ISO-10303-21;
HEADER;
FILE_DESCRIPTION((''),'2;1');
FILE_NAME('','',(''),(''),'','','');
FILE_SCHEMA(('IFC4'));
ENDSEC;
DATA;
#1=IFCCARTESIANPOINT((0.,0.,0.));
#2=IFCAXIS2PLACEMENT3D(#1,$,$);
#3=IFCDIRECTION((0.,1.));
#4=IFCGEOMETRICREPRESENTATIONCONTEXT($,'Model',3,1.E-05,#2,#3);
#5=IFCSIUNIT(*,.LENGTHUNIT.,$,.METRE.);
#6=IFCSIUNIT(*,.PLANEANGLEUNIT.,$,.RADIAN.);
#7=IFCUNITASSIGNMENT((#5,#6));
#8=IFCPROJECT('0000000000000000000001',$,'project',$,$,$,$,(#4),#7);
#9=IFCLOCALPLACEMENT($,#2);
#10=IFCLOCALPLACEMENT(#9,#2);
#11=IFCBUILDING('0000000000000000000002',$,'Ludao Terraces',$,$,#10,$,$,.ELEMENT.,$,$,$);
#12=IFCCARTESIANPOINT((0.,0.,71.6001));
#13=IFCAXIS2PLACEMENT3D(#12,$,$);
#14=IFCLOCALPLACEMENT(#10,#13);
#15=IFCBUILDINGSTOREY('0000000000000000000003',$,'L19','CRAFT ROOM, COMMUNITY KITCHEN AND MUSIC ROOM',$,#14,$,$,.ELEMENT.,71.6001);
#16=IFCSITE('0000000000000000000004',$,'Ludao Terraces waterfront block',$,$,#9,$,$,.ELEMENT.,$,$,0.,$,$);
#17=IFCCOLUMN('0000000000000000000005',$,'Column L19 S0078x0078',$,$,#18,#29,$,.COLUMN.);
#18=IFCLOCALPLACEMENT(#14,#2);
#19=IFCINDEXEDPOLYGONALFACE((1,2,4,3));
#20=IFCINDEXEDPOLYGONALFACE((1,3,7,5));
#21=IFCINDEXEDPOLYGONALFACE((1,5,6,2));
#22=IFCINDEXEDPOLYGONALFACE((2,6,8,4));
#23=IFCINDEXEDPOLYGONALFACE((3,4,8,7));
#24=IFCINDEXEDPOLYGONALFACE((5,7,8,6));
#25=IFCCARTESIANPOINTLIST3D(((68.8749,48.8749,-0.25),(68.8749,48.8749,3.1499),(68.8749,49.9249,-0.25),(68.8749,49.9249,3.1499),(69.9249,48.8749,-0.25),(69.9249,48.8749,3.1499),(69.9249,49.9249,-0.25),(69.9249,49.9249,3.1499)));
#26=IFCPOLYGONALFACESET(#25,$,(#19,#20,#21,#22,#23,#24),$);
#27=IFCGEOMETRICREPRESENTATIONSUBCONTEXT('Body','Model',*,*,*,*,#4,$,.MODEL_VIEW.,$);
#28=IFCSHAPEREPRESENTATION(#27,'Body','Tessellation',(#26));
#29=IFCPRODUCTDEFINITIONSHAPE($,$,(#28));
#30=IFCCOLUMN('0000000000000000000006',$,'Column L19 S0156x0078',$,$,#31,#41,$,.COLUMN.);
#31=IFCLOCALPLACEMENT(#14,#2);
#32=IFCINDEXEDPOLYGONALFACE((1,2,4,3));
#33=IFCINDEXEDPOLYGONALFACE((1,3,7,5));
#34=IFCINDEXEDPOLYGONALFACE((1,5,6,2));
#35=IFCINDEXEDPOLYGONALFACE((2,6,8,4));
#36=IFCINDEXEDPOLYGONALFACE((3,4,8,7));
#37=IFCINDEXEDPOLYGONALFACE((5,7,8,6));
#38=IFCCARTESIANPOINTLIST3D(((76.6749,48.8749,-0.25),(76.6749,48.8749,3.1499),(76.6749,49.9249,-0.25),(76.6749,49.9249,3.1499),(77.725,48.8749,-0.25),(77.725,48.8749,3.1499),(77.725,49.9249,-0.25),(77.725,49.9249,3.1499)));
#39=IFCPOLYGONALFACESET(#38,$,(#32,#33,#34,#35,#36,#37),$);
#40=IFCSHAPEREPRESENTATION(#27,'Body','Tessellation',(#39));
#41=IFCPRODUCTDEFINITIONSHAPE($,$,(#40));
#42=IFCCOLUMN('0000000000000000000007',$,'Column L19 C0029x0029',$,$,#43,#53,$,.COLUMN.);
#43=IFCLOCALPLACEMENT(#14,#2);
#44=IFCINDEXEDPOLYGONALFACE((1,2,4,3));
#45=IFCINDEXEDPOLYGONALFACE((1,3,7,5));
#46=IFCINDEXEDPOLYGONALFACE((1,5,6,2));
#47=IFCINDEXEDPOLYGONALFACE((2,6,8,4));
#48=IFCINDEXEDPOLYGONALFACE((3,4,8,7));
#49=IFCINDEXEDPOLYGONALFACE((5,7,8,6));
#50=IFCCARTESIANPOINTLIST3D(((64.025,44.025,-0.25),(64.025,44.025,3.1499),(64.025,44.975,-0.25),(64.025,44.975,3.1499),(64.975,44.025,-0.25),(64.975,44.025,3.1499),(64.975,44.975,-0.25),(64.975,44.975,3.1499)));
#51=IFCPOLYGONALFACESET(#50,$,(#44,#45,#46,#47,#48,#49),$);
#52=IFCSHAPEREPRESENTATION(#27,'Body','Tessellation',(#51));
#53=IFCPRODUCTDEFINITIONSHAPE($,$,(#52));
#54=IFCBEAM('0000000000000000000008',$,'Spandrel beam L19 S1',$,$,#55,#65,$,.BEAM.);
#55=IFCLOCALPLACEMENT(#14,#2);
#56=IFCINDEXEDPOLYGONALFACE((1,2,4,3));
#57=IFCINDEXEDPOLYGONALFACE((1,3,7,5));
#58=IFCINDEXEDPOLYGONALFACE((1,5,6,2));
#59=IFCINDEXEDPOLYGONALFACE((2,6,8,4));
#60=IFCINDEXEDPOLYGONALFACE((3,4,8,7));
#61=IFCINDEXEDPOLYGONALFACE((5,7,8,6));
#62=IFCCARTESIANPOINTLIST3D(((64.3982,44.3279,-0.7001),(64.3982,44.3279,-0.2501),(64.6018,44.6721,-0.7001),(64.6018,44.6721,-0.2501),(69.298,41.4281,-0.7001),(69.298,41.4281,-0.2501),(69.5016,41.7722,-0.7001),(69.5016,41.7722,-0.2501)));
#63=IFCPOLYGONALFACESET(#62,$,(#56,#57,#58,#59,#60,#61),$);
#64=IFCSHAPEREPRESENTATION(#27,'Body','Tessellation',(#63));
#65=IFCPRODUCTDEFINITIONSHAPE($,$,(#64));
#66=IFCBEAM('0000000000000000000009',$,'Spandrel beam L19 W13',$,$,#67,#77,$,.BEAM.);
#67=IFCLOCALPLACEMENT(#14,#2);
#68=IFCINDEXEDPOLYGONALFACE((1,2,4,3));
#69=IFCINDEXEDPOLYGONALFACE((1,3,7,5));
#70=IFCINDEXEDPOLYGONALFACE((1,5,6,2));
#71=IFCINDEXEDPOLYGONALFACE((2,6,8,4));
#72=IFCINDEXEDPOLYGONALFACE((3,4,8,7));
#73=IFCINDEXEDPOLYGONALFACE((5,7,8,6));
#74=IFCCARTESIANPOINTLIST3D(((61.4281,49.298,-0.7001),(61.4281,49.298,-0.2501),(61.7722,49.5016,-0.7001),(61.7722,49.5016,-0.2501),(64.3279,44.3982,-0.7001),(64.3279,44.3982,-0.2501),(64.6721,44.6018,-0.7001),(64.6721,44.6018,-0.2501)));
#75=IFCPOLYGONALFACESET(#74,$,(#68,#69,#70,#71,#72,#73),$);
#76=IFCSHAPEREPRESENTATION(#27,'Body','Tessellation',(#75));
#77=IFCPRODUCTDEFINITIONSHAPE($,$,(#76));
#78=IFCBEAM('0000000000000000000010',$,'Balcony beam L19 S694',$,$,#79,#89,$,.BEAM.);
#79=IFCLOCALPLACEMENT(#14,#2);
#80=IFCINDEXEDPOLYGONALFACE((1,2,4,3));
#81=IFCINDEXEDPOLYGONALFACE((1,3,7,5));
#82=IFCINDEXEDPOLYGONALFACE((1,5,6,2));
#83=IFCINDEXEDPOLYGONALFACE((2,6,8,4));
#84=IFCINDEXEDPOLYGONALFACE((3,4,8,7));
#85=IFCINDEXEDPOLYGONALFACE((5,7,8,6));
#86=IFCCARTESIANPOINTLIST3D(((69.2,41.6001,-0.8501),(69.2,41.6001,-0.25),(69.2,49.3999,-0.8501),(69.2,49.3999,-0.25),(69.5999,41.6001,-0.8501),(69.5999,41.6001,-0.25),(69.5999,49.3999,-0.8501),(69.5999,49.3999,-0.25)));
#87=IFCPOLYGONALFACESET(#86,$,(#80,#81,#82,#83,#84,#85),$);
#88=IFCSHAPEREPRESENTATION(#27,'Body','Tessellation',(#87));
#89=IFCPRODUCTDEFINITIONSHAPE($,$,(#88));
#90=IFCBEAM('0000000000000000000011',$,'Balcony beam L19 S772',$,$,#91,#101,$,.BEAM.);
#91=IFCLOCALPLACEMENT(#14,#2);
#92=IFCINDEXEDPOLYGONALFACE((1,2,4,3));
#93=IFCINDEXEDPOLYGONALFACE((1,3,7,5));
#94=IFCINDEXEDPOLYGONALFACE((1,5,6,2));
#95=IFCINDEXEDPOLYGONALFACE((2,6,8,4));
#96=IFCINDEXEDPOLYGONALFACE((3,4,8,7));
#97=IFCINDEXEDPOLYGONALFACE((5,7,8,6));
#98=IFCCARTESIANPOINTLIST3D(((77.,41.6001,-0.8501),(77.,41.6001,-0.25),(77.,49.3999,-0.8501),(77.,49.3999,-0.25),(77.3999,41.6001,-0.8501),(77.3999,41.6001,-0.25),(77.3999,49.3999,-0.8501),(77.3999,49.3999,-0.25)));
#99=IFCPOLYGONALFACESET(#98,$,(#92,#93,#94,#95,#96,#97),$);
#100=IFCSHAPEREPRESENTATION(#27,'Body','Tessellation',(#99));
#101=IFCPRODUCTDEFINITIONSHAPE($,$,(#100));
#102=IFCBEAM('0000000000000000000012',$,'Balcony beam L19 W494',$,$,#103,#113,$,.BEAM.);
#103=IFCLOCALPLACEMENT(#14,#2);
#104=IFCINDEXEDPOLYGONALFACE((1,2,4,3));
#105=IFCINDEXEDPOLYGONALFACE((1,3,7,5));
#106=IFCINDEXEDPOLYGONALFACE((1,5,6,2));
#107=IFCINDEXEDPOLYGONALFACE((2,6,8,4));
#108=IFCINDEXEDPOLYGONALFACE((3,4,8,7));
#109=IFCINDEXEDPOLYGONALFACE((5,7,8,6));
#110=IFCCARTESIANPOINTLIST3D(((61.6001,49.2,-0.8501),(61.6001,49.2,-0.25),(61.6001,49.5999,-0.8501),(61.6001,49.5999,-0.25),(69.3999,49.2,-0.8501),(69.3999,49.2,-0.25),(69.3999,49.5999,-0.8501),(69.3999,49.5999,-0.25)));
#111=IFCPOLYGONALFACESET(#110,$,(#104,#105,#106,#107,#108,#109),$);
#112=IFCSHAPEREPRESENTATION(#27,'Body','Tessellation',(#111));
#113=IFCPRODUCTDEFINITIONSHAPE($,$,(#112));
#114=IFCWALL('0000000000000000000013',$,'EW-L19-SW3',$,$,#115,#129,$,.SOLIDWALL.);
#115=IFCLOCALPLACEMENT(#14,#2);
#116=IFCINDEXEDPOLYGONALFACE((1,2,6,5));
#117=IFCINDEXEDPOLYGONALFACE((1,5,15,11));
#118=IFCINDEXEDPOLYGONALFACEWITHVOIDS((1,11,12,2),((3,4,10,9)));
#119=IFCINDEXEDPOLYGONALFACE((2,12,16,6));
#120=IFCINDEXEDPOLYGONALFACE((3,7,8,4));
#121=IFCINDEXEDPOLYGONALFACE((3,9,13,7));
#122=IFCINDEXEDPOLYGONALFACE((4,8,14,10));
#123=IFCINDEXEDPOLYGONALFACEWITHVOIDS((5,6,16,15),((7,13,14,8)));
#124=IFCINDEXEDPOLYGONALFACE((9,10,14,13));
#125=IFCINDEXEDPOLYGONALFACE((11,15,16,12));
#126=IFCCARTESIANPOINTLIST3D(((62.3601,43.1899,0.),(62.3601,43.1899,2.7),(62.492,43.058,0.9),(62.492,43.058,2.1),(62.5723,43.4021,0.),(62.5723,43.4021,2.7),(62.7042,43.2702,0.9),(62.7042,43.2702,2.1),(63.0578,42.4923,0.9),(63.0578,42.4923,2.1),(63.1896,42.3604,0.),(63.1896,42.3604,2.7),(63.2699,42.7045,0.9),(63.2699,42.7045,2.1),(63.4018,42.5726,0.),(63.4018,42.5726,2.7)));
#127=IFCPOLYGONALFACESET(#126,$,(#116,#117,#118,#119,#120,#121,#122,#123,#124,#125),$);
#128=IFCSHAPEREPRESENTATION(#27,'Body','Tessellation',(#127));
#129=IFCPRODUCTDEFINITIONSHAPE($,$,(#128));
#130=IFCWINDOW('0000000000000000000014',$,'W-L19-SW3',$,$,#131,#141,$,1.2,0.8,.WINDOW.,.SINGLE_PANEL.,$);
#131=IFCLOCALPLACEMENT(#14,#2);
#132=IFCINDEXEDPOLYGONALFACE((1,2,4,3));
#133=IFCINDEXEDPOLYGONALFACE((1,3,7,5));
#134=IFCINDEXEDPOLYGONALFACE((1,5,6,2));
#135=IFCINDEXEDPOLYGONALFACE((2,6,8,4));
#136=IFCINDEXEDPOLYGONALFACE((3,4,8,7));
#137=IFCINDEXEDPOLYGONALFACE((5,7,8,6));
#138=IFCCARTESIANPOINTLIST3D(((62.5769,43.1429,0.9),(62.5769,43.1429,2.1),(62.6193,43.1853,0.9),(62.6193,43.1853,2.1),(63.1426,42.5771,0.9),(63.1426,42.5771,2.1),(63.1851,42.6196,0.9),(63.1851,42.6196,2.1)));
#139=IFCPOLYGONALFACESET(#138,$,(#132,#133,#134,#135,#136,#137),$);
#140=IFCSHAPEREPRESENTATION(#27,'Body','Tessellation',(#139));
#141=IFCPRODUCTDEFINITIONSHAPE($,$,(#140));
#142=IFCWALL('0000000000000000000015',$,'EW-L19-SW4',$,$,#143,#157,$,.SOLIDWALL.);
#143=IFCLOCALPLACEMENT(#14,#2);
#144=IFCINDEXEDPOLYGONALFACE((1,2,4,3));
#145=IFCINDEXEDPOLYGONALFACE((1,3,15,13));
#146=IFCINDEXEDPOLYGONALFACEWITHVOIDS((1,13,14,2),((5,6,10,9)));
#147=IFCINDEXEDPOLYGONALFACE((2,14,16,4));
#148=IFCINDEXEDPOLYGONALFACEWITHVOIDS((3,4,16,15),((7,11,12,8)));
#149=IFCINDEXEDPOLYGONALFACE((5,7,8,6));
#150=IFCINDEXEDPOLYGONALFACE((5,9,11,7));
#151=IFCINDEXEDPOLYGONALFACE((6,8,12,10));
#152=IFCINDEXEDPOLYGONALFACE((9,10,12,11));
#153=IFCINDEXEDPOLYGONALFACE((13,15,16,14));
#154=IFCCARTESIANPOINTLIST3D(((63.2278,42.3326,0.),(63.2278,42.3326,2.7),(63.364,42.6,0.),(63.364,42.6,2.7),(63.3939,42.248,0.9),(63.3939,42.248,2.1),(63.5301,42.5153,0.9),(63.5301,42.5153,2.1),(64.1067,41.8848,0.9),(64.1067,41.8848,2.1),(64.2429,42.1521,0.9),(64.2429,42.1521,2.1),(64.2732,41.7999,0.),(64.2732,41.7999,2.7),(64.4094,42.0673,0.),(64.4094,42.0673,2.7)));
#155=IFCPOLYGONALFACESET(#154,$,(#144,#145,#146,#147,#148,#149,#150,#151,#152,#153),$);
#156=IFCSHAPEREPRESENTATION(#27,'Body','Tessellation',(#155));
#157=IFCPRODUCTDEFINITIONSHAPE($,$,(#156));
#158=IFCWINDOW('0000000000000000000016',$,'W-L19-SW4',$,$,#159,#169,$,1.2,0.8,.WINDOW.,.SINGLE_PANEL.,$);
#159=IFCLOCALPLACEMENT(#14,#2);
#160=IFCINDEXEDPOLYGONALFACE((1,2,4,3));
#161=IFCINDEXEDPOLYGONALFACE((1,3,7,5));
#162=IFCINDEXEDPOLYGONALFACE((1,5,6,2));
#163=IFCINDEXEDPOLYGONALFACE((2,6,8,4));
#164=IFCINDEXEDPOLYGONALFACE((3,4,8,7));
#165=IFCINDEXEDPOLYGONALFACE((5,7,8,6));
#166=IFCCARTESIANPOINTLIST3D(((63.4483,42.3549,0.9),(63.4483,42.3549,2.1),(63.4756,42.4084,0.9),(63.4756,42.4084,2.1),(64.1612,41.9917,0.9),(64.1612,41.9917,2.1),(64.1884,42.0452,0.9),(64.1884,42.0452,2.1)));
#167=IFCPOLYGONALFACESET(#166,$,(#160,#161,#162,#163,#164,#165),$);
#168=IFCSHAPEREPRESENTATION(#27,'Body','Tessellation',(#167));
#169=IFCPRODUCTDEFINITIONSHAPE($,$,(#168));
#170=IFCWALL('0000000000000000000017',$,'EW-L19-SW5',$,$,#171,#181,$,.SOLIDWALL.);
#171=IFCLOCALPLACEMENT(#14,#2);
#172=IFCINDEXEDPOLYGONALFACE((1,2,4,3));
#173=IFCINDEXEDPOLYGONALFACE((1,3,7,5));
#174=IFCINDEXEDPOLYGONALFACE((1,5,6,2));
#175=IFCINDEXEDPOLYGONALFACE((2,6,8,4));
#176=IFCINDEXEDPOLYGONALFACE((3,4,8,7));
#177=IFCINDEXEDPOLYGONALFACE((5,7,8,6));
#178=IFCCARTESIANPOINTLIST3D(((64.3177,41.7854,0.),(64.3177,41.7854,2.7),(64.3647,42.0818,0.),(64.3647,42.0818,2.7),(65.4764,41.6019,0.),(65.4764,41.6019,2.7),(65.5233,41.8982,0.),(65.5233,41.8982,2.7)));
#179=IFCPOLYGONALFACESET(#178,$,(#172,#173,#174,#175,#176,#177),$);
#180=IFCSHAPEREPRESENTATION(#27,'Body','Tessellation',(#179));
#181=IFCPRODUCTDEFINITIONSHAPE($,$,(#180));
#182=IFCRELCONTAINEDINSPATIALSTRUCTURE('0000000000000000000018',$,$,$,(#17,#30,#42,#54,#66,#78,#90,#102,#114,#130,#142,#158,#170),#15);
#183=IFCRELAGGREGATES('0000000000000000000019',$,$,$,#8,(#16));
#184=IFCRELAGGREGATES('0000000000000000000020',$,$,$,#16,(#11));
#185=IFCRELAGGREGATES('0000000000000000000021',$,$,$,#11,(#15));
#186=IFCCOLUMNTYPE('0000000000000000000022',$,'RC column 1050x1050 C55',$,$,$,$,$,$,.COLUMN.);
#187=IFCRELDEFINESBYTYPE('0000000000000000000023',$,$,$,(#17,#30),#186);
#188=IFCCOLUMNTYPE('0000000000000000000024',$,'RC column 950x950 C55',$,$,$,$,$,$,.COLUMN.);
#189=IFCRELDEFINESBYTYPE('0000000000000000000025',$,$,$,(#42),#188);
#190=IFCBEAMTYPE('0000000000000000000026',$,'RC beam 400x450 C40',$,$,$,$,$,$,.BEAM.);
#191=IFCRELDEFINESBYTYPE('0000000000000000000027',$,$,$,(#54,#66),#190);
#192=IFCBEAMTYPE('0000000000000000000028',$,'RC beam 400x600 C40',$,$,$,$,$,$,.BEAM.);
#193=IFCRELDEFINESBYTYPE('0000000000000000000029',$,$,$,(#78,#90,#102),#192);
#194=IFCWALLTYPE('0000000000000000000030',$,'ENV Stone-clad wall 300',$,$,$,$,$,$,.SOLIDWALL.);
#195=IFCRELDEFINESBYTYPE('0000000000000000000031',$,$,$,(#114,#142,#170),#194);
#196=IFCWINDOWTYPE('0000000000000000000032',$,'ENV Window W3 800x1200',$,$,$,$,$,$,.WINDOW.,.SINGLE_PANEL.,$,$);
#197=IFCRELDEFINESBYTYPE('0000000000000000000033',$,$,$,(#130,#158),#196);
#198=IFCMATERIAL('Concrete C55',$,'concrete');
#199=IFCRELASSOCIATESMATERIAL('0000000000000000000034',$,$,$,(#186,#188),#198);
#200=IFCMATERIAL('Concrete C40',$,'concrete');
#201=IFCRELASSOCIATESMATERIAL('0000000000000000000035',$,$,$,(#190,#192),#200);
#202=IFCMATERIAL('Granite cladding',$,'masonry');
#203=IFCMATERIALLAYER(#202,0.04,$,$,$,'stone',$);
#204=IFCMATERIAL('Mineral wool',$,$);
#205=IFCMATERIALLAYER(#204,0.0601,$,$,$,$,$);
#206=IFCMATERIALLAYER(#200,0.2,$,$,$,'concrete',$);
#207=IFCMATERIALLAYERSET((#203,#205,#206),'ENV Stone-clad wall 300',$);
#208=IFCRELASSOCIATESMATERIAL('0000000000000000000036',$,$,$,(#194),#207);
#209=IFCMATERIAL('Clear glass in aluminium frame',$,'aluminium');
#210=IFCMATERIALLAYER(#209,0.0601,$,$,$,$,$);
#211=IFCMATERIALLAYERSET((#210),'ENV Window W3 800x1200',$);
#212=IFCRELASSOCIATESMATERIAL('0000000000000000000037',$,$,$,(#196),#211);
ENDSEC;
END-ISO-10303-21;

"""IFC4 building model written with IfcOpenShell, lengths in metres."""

from ifc_helpers import new_model, si_unit, direction, frame, frame_2d, origin, origin_2d, place, context, subcontext, project, spatial, rectangle, extrude, material, layer, layer_set, material_profile, profile_set, type_object, element, fill, save


model = new_model("IFC4")

# Units and contexts
model_context = context("Model", 3, precision=1e-05, world=origin(), true_north=direction((0.0, 1.0)))
body_context = subcontext(model_context, "Body", "Model", "MODEL_VIEW")
ifc_project = project(units=[si_unit("LENGTHUNIT", "METRE"), si_unit("PLANEANGLEUNIT", "RADIAN")], contexts=[model_context])

# Site, building, storey
site_placement = place(None, origin())
site = spatial("IfcSite", under=ifc_project, at=site_placement, Name="Ludao Terraces waterfront block", CompositionType="ELEMENT", RefElevation=0.0)
building_placement = place(site_placement, origin())
building = spatial("IfcBuilding", under=site, at=building_placement, Name="Ludao Terraces", CompositionType="ELEMENT")
storey_placement = place(building_placement, frame((0.0, 0.0, 71.6001)))
storey = spatial("IfcBuildingStorey", under=building, at=storey_placement, Name="L19", Description="CRAFT ROOM, COMMUNITY KITCHEN AND MUSIC ROOM", CompositionType="ELEMENT", Elevation=71.6001)

# Columns
ifc_material_1 = material(Name="Concrete C55", Category="concrete")
ifc_material_profile_1 = material_profile(ifc_material_1, rectangle(XDim=1.05, YDim=1.05, at=origin_2d()), Name="1050 X 1050")
ifc_profile_set_1 = profile_set([ifc_material_profile_1], Name="Concrete C55")
column_type_1 = type_object("IfcColumnType", Name="RC column 1050x1050 C55", PredefinedType="COLUMN", material=ifc_profile_set_1)
for number, where, z_axis, x_axis, name in (
    (1, (69.3999, 49.3999, -0.25), (0.0, 0.0, 1.0), (1.0, 0.0, 0.0), "Column L19 S0078x0078"),
    (2, (77.2, 49.3999, -0.25), (0.0, 0.0, 1.0), (1.0, 0.0, 0.0), "Column L19 S0156x0078"),
):
    element("IfcColumn", number, at=place(storey_placement, frame(where, z_axis=z_axis, x_axis=x_axis)), inside=storey, type_object=column_type_1, Name=name, PredefinedType="COLUMN", context=body_context, shape_type="SweptSolid", body=[
        extrude(rectangle(XDim=1.05, YDim=1.05, at=origin_2d()), origin(), (0.0, 0.0, 1.0), 3.3999),
    ])
ifc_material_profile_2 = material_profile(ifc_material_1, rectangle(XDim=0.95, YDim=0.95, at=origin_2d()), Name="950 X 950")
ifc_profile_set_2 = profile_set([ifc_material_profile_2], Name="Concrete C55")
column_type_2 = type_object("IfcColumnType", Name="RC column 950x950 C55", PredefinedType="COLUMN", material=ifc_profile_set_2)
column_placement = place(storey_placement, frame((64.5, 44.5, -0.25), z_axis=(0.0, 0.0, 1.0), x_axis=(1.0, 0.0, 0.0)))
element("IfcColumn", 3, at=column_placement, inside=storey, type_object=column_type_2, Name="Column L19 C0029x0029", PredefinedType="COLUMN", context=body_context, shape_type="SweptSolid", body=[
    extrude(rectangle(XDim=0.95, YDim=0.95, at=origin_2d()), origin(), (0.0, 0.0, 1.0), 3.3999),
])

# Beams
ifc_material_2 = material(Name="Concrete C40", Category="concrete")
ifc_material_profile_3 = material_profile(ifc_material_2, rectangle(XDim=0.3999, YDim=0.45, at=origin_2d()), Name="400 X 450")
ifc_profile_set_3 = profile_set([ifc_material_profile_3], Name="Concrete C40")
beam_type_1 = type_object("IfcBeamType", Name="RC beam 400x450 C40", PredefinedType="BEAM", material=ifc_profile_set_3)
for number, where, z_axis, x_axis, name in (
    (4, (64.5, 44.5, -0.4751), (0.86058, -0.509316, 0.0), (0.509316, 0.86058, 0.0), "Spandrel beam L19 S1"),
    (5, (64.5, 44.5, -0.4751), (-0.509316, 0.86058, 0.0), (-0.86058, -0.509316, 0.0), "Spandrel beam L19 W13"),
):
    element("IfcBeam", number, at=place(storey_placement, frame(where, z_axis=z_axis, x_axis=x_axis)), inside=storey, type_object=beam_type_1, Name=name, PredefinedType="BEAM", context=body_context, shape_type="SweptSolid", body=[
        extrude(rectangle(XDim=0.3999, YDim=0.45, at=origin_2d()), origin(), (0.0, 0.0, 1.0), 5.6936),
    ])
ifc_material_profile_4 = material_profile(ifc_material_2, rectangle(XDim=0.3999, YDim=0.6001, at=origin_2d()), Name="400 X 600")
ifc_profile_set_4 = profile_set([ifc_material_profile_4], Name="Concrete C40")
beam_type_2 = type_object("IfcBeamType", Name="RC beam 400x600 C40", PredefinedType="BEAM", material=ifc_profile_set_4)
for number, where, z_axis, x_axis, name in (
    (6, (69.3999, 49.3999, -0.55), (0.0, -1.0, 0.0), (1.0, 0.0, 0.0), "Balcony beam L19 S694"),
    (7, (77.2, 49.3999, -0.55), (0.0, -1.0, 0.0), (1.0, 0.0, 0.0), "Balcony beam L19 S772"),
    (8, (69.3999, 49.3999, -0.55), (-1.0, 0.0, 0.0), (0.0, -1.0, 0.0), "Balcony beam L19 W494"),
):
    element("IfcBeam", number, at=place(storey_placement, frame(where, z_axis=z_axis, x_axis=x_axis)), inside=storey, type_object=beam_type_2, Name=name, PredefinedType="BEAM", context=body_context, shape_type="SweptSolid", body=[
        extrude(rectangle(XDim=0.3999, YDim=0.6001, at=origin_2d()), origin(), (0.0, 0.0, 1.0), 7.7998),
    ])

# Walls, openings, windows
ifc_material_3 = material(Name="Granite cladding", Category="masonry")
ifc_layer_1 = layer(ifc_material_3, 0.04, Category="stone")
ifc_material_4 = material(Name="Mineral wool")
ifc_layer_2 = layer(ifc_material_4, 0.0601)
ifc_layer_3 = layer(ifc_material_2, 0.2, Category="concrete")
ifc_layer_set_1 = layer_set([ifc_layer_1, ifc_layer_2, ifc_layer_3], Name="ENV Stone-clad wall 300")
wall_type_1 = type_object("IfcWallType", Name="ENV Stone-clad wall 300", PredefinedType="SOLIDWALL", material=ifc_layer_set_1)
wall_1_placement = place(storey_placement, frame((62.4663, 43.2959, 0.0), z_axis=(0.0, 0.0, 1.0), x_axis=(0.707107, -0.707107, 0.0)))
wall_1 = element("IfcWall", 9, at=wall_1_placement, inside=storey, type_object=wall_type_1, Name="EW-L19-SW3", PredefinedType="SOLIDWALL", context=body_context, shape_type="SweptSolid", body=[
    extrude(rectangle(XDim=1.1731, YDim=0.3, at=frame_2d((0.5864, 0.0))), origin(), (0.0, 0.0, 1.0), 2.7),
])
opening_1_placement = place(wall_1_placement, frame((0.1865, 0.0, 0.8999)))
opening_1 = element("IfcOpeningElement", 10, at=opening_1_placement, cuts=wall_1, PredefinedType="OPENING", context=body_context, shape_type="SweptSolid", body=[
    extrude(rectangle(XDim=0.8, YDim=1.2, at=frame_2d((0.3999, 0.6001))), frame((0.0, 0.1602, 0.0), z_axis=(0.0, -1.0, 0.0), x_axis=(1.0, 0.0, 0.0)), (0.0, 0.0, 1.0), 0.3201),
])
ifc_material_5 = material(Name="Clear glass in aluminium frame", Category="aluminium")
ifc_layer_4 = layer(ifc_material_5, 0.0601)
ifc_layer_set_2 = layer_set([ifc_layer_4], Name="ENV Window W3 800x1200")
window_type = type_object("IfcWindowType", Name="ENV Window W3 800x1200", PartitioningType="SINGLE_PANEL", PredefinedType="WINDOW", material=ifc_layer_set_2)
window_1_placement = place(opening_1_placement, origin())
window_1 = element("IfcWindow", 11, at=window_1_placement, inside=storey, type_object=window_type, Name="W-L19-SW3", OverallHeight=1.2, OverallWidth=0.8, PartitioningType="SINGLE_PANEL", PredefinedType="WINDOW", context=body_context, shape_type="SweptSolid", body=[
    extrude(rectangle(XDim=0.8, YDim=1.2, at=frame_2d((0.3999, 0.6001))), frame((0.0, 0.03, 0.0), z_axis=(0.0, -1.0, 0.0), x_axis=(1.0, 0.0, 0.0)), (0.0, 0.0, 1.0), 0.0601),
])
fill(opening_1, window_1)
wall_2_placement = place(storey_placement, frame((63.2959, 42.4663, 0.0), z_axis=(0.0, 0.0, 1.0), x_axis=(0.890989, -0.454026, 0.0)))
wall_2 = element("IfcWall", 12, at=wall_2_placement, inside=storey, type_object=wall_type_1, Name="EW-L19-SW4", PredefinedType="SOLIDWALL", context=body_context, shape_type="SweptSolid", body=[
    extrude(rectangle(XDim=1.1733, YDim=0.3, at=frame_2d((0.5867, 0.0))), origin(), (0.0, 0.0, 1.0), 2.7),
])
opening_2_placement = place(wall_2_placement, frame((0.1865, 0.0, 0.8999)))
opening_2 = element("IfcOpeningElement", 13, at=opening_2_placement, cuts=wall_2, PredefinedType="OPENING", context=body_context, shape_type="SweptSolid", body=[
    extrude(rectangle(XDim=0.8, YDim=1.2, at=frame_2d((0.3999, 0.6001))), frame((0.0, 0.1602, 0.0), z_axis=(0.0, -1.0, 0.0), x_axis=(1.0, 0.0, 0.0)), (0.0, 0.0, 1.0), 0.3201),
])
window_2_placement = place(opening_2_placement, origin())
window_2 = element("IfcWindow", 14, at=window_2_placement, inside=storey, type_object=window_type, Name="W-L19-SW4", OverallHeight=1.2, OverallWidth=0.8, PartitioningType="SINGLE_PANEL", PredefinedType="WINDOW", context=body_context, shape_type="SweptSolid", body=[
    extrude(rectangle(XDim=0.8, YDim=1.2, at=frame_2d((0.3999, 0.6001))), frame((0.0, 0.03, 0.0), z_axis=(0.0, -1.0, 0.0), x_axis=(1.0, 0.0, 0.0)), (0.0, 0.0, 1.0), 0.0601),
])
fill(opening_2, window_2)

# Wall
wall_3_placement = place(storey_placement, frame((64.3413, 41.9336, 0.0), z_axis=(0.0, 0.0, 1.0), x_axis=(0.987678, -0.156497, 0.0)))
element("IfcWall", 15, at=wall_3_placement, inside=storey, type_object=wall_type_1, Name="EW-L19-SW5", PredefinedType="SOLIDWALL", context=body_context, shape_type="SweptSolid", body=[
    extrude(rectangle(XDim=1.1731, YDim=0.3, at=frame_2d((0.5864, 0.0))), origin(), (0.0, 0.0, 1.0), 2.7),
])

save(model, "model.ifc")
